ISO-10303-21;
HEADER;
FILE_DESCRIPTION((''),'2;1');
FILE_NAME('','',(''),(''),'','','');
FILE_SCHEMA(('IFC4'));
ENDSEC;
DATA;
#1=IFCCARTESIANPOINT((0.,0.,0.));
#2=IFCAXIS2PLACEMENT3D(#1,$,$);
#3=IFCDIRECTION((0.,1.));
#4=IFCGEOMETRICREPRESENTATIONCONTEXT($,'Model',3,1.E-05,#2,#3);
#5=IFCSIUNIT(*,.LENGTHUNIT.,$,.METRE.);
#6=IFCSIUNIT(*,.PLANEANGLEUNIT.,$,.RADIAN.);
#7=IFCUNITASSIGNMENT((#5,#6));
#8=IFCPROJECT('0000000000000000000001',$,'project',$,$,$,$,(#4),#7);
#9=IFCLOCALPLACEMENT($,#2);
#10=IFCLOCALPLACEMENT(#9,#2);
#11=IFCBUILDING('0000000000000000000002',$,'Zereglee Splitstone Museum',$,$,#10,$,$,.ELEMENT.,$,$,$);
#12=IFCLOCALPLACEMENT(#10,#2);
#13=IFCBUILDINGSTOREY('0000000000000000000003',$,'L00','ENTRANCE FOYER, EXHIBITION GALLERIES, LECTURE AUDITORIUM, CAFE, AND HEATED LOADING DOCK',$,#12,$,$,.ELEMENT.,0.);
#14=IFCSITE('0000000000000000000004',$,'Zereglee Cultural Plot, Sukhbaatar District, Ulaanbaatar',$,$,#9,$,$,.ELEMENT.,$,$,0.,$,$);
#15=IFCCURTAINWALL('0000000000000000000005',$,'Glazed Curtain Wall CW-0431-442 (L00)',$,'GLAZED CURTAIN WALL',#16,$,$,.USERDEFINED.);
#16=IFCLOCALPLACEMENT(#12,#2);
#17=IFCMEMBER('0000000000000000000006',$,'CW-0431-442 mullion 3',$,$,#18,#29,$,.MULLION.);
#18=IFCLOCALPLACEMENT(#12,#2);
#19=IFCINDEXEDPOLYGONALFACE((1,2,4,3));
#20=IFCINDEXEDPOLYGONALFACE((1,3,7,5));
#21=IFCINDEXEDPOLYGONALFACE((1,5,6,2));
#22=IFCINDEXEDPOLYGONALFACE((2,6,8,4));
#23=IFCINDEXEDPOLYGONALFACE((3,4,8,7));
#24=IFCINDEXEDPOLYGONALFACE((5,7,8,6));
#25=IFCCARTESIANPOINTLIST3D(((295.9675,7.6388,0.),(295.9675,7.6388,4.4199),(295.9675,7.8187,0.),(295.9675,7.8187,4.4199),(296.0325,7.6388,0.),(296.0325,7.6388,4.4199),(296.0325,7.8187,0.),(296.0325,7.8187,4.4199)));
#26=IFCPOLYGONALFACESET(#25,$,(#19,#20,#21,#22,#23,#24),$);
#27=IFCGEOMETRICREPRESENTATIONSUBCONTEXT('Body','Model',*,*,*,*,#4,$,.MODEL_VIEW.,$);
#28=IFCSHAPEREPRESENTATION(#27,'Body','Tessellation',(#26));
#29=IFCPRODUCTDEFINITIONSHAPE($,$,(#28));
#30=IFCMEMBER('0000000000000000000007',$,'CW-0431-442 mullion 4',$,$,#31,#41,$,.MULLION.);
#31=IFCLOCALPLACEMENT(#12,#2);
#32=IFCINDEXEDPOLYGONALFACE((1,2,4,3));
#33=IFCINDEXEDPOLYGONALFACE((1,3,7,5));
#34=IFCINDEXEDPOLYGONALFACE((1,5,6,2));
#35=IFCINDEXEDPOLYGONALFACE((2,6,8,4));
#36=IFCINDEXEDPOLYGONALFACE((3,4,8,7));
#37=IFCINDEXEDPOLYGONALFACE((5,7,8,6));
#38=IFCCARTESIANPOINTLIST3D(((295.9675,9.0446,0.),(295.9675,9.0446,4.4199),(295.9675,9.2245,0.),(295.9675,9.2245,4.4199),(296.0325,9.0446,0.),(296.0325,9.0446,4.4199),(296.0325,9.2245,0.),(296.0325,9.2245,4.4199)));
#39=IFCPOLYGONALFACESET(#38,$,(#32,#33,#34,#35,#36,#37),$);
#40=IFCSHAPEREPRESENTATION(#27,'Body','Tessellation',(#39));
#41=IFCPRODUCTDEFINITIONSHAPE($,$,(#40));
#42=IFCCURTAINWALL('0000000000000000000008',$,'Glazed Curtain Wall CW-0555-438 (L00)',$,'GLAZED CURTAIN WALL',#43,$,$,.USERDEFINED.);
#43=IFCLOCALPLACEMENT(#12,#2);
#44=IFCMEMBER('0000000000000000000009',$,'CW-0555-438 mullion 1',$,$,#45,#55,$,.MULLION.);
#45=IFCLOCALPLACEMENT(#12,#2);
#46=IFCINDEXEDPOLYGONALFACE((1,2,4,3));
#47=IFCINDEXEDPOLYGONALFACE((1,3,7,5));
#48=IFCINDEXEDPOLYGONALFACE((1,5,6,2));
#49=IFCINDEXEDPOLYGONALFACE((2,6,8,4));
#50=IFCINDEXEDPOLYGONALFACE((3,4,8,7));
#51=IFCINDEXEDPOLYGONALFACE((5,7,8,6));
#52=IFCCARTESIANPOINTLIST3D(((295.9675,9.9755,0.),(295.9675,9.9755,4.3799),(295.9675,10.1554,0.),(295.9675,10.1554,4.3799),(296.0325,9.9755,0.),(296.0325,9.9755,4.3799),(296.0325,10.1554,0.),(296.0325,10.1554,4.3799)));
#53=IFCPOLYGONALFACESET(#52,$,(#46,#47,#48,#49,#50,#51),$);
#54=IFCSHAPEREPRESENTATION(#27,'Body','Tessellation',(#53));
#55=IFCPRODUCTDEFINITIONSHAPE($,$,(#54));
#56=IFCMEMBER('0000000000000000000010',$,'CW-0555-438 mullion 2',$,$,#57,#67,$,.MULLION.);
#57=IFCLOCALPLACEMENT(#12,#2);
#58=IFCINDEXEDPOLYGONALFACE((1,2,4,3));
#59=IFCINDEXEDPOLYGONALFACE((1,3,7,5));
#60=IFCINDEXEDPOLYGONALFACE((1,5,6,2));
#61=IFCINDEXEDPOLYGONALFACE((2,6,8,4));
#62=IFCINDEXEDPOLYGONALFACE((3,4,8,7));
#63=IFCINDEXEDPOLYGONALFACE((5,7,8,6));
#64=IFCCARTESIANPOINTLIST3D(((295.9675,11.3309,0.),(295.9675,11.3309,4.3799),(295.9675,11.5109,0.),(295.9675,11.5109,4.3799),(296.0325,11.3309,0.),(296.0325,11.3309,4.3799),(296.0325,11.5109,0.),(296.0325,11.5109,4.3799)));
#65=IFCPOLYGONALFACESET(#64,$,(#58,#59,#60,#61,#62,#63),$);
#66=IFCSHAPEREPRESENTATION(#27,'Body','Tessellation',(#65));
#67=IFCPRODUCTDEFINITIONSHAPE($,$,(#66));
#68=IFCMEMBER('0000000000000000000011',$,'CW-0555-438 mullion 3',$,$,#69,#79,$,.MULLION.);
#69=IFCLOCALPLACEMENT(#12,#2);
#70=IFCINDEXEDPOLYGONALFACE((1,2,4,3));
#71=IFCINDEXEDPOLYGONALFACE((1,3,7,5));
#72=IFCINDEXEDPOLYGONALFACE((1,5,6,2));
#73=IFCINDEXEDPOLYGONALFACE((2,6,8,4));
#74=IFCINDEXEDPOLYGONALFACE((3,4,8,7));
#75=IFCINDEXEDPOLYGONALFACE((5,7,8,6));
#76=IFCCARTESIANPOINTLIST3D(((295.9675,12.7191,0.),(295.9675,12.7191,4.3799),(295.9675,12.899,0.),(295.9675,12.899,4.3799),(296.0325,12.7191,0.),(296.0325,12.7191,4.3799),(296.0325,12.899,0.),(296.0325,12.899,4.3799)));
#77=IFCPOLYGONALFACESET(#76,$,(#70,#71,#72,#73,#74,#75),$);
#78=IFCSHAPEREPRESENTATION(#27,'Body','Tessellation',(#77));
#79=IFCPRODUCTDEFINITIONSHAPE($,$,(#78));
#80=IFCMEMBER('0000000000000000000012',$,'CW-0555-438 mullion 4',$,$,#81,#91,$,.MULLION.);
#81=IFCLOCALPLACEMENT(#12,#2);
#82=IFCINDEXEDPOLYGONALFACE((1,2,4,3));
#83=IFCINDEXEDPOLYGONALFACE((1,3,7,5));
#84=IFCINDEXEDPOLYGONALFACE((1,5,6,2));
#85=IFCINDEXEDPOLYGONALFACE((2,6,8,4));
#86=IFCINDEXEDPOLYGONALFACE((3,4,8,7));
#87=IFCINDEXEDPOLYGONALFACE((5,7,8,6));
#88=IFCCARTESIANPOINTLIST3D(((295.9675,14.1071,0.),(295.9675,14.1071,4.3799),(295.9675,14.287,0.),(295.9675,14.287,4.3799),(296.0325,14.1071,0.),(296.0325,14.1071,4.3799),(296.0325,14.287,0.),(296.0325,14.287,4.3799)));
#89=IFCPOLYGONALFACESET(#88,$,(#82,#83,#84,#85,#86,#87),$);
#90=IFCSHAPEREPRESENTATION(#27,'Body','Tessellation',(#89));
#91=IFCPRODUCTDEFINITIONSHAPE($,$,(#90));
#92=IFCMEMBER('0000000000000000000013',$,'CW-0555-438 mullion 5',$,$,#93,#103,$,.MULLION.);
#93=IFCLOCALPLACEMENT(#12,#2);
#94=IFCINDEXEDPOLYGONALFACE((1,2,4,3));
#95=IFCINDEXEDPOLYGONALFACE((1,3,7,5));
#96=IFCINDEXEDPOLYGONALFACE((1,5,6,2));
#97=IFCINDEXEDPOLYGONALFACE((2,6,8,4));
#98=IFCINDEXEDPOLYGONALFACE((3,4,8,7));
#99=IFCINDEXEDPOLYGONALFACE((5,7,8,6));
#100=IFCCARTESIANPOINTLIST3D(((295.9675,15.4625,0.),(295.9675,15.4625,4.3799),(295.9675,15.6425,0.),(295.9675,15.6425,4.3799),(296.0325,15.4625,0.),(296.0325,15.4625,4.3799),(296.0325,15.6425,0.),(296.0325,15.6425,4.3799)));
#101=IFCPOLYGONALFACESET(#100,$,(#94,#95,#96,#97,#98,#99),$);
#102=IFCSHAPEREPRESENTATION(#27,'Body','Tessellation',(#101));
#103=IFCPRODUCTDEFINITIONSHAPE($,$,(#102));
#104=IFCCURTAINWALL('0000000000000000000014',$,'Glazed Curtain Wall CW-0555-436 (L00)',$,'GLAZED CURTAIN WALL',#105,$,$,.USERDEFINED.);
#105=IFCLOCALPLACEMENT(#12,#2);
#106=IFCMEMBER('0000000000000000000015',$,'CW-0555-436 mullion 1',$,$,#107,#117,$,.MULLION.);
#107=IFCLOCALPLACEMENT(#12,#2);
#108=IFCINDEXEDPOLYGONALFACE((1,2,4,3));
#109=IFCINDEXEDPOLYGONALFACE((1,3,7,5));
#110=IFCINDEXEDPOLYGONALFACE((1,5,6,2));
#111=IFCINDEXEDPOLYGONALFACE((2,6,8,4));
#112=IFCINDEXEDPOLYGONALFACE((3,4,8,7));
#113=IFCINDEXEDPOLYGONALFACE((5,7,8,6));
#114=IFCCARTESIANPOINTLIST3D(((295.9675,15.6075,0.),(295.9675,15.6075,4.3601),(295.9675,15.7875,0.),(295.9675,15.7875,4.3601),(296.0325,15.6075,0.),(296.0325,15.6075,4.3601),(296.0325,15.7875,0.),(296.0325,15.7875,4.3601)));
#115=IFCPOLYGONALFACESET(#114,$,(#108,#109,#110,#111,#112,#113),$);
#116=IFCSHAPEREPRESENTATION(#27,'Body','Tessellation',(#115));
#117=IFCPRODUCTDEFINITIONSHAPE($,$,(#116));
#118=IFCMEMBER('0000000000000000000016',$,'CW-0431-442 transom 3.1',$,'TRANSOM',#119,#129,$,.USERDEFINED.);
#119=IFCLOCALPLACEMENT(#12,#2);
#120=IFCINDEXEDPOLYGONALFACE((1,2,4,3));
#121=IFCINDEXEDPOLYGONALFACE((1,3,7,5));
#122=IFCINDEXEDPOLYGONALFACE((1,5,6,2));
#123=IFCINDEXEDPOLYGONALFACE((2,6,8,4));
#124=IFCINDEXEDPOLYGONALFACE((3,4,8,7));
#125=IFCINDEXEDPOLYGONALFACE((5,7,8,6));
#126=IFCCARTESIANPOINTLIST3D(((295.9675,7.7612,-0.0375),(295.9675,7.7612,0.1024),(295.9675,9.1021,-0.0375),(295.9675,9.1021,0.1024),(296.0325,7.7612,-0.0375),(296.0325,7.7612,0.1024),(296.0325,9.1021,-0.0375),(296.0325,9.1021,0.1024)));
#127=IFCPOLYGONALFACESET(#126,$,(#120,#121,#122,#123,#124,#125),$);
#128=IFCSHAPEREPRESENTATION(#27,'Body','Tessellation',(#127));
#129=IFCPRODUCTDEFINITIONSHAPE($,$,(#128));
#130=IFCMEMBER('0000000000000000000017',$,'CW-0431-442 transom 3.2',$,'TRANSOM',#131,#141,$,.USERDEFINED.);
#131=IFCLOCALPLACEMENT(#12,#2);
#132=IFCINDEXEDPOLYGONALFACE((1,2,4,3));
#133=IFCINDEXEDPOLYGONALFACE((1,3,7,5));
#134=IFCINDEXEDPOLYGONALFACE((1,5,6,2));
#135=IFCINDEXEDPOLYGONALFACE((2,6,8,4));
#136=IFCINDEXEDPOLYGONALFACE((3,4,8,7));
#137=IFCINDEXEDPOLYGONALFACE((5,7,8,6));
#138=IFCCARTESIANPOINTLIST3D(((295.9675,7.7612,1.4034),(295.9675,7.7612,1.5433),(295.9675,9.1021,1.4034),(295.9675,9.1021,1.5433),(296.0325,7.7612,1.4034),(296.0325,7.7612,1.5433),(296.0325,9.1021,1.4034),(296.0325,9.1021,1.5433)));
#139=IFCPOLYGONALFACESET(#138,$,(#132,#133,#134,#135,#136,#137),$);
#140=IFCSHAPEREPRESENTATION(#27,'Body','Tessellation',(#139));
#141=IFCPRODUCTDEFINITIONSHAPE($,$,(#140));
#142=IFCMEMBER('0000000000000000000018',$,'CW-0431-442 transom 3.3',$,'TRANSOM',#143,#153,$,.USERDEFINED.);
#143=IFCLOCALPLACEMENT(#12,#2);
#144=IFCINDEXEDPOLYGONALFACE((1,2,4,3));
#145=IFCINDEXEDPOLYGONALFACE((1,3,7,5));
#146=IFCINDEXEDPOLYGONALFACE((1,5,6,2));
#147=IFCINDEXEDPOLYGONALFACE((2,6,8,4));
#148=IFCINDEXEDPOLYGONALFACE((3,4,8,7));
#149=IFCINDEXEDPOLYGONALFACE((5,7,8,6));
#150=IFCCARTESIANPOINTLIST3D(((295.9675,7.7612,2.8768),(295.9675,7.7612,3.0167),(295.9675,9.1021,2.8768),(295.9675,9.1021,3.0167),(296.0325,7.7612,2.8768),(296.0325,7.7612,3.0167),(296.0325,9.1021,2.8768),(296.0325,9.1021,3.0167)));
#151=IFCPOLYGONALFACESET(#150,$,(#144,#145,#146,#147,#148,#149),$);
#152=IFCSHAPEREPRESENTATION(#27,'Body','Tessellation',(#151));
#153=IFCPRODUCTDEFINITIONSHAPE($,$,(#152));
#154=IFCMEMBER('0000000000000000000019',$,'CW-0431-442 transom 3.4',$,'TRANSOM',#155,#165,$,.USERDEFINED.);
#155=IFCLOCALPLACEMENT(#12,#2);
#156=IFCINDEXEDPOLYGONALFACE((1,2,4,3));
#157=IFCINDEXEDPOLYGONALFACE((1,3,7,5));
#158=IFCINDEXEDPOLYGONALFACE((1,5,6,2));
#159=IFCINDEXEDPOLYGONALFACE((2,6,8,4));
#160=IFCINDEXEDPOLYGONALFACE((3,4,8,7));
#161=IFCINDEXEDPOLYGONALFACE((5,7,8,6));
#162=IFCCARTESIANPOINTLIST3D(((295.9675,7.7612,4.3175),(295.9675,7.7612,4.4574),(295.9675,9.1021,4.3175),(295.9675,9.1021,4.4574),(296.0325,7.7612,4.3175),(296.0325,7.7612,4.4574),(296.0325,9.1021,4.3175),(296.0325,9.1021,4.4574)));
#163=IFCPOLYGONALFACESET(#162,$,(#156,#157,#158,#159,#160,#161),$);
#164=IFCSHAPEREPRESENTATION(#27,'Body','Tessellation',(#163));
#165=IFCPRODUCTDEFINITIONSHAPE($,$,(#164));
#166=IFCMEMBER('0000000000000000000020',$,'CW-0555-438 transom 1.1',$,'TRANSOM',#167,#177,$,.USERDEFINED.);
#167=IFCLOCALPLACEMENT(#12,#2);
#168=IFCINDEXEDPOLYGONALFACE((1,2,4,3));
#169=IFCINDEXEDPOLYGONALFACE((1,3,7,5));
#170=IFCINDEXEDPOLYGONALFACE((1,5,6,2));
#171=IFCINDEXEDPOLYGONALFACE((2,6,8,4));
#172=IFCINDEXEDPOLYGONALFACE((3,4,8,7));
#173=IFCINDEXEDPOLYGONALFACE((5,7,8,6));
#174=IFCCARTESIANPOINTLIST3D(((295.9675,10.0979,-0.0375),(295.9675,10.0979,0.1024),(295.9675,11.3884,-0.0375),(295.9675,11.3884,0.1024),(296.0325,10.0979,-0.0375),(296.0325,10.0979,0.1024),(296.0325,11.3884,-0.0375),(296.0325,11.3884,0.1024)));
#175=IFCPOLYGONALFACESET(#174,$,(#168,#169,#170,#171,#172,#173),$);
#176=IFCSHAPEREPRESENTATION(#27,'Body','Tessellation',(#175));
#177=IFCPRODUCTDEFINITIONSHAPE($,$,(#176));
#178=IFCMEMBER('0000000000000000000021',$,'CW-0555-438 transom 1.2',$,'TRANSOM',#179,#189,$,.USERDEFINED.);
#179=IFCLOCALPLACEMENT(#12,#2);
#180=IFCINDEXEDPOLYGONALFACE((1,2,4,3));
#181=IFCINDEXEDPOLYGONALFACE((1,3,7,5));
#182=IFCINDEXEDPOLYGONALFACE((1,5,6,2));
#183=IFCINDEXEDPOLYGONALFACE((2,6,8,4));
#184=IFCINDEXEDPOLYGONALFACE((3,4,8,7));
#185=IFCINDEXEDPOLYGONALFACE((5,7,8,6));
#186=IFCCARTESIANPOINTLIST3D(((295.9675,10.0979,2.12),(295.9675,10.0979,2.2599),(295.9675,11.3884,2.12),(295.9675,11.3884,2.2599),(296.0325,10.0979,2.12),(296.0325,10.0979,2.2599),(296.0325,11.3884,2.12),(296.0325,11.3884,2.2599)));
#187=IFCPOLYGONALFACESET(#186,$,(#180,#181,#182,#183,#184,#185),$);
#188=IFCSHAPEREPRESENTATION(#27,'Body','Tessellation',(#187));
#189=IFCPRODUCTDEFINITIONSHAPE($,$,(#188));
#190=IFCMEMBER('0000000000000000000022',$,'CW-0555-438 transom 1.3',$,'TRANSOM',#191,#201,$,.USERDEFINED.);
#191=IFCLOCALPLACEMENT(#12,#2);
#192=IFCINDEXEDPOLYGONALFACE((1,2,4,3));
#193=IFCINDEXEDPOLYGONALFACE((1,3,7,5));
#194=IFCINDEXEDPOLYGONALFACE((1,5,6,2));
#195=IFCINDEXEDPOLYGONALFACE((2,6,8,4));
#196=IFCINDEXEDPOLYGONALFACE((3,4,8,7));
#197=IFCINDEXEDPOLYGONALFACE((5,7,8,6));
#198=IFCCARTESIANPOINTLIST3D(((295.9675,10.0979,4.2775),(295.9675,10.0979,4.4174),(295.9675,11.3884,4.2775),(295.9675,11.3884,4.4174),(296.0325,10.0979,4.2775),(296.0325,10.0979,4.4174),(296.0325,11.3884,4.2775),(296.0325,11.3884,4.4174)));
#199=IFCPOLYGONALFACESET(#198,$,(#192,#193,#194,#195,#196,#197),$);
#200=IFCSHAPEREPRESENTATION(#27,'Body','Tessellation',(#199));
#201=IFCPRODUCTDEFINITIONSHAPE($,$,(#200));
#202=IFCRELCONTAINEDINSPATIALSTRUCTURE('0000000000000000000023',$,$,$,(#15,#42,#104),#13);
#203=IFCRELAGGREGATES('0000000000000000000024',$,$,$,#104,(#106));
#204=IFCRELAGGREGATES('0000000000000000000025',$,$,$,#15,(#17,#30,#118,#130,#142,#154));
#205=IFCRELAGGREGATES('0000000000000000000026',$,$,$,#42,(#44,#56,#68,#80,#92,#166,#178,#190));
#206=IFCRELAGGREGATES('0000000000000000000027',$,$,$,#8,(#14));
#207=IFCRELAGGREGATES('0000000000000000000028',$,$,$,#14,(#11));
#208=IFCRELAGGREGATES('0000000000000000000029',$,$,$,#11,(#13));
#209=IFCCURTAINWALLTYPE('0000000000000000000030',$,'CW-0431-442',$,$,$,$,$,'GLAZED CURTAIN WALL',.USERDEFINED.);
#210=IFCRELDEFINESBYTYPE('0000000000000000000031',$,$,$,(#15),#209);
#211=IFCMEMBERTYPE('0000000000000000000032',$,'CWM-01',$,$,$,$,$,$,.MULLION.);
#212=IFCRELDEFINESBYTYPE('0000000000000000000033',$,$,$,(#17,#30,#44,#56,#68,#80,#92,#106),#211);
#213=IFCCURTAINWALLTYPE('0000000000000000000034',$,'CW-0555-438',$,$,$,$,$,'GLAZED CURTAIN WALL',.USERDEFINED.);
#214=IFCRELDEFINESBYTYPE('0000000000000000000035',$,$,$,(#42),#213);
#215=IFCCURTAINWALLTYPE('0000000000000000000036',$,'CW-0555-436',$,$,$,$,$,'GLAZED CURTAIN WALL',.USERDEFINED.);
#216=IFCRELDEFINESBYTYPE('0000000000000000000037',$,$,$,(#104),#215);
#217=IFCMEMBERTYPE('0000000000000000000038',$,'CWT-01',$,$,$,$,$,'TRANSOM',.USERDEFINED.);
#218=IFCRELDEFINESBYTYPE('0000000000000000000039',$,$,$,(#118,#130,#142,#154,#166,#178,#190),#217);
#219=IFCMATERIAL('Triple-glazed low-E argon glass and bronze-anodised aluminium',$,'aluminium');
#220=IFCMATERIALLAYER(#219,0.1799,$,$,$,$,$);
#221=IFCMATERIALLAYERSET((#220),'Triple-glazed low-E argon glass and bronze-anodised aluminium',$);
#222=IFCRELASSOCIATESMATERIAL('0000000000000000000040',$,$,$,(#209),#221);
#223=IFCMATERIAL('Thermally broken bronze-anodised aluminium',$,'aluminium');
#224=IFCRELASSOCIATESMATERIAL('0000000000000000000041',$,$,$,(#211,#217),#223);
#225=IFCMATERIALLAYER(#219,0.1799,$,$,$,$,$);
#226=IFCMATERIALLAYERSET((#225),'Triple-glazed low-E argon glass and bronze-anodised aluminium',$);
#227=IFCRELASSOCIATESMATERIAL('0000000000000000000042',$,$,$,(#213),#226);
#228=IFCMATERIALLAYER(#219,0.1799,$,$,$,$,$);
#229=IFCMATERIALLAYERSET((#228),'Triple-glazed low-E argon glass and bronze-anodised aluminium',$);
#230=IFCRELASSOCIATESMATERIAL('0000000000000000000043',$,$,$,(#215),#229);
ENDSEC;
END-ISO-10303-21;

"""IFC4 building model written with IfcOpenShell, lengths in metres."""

from ifc_helpers import new_model, si_unit, direction, frame, origin, origin_2d, place, context, subcontext, project, spatial, rectangle, extrude, material, layer, layer_set, material_profile, profile_set, type_object, element, aggregate, save


model = new_model("IFC4")

# Units and contexts
model_context = context("Model", 3, precision=1e-05, world=origin(), true_north=direction((0.0, 1.0)))
body_context = subcontext(model_context, "Body", "Model", "MODEL_VIEW")
ifc_project = project(units=[si_unit("LENGTHUNIT", "METRE"), si_unit("PLANEANGLEUNIT", "RADIAN")], contexts=[model_context])

# Site, building, storey
site_placement = place(None, origin())
site = spatial("IfcSite", under=ifc_project, at=site_placement, Name="Zereglee Cultural Plot, Sukhbaatar District, Ulaanbaatar", CompositionType="ELEMENT", RefElevation=0.0)
building_placement = place(site_placement, origin())
building = spatial("IfcBuilding", under=site, at=building_placement, Name="Zereglee Splitstone Museum", CompositionType="ELEMENT")
storey_placement = place(building_placement, origin())
storey = spatial("IfcBuildingStorey", under=building, at=storey_placement, Name="L00", Description="ENTRANCE FOYER, EXHIBITION GALLERIES, LECTURE AUDITORIUM, CAFE, AND HEATED LOADING DOCK", CompositionType="ELEMENT", Elevation=0.0)

# Curtain walls, members
ifc_material_1 = material(Name="Triple-glazed low-E argon glass and bronze-anodised aluminium", Category="aluminium")
ifc_layer_1 = layer(ifc_material_1, 0.1799)
ifc_layer_set_1 = layer_set([ifc_layer_1], Name="Triple-glazed low-E argon glass and bronze-anodised aluminium")
curtain_wall_type_1 = type_object("IfcCurtainWallType", Name="CW-0431-442", ElementType="GLAZED CURTAIN WALL", PredefinedType="USERDEFINED", material=ifc_layer_set_1)
curtain_wall_1_placement = place(storey_placement, origin())
curtain_wall_1 = element("IfcCurtainWall", 1, at=curtain_wall_1_placement, inside=storey, type_object=curtain_wall_type_1, Name="Glazed Curtain Wall CW-0431-442 (L00)", ObjectType="GLAZED CURTAIN WALL", PredefinedType="USERDEFINED")
ifc_material_2 = material(Name="Thermally broken bronze-anodised aluminium", Category="aluminium")
ifc_material_profile_1 = material_profile(ifc_material_2, rectangle(XDim=0.0649, YDim=0.1799, at=origin_2d()), Name="CW MULL 65x180")
ifc_profile_set_1 = profile_set([ifc_material_profile_1], Name="Thermally broken bronze-anodised aluminium")
member_type_1 = type_object("IfcMemberType", Name="CWM-01", PredefinedType="MULLION", material=ifc_profile_set_1)
member_1_placement = place(storey_placement, frame((296.0, 7.7288, 0.0), z_axis=(0.0, 0.0, 1.0), x_axis=(-1.0, 0.0, 0.0)))
member_1 = element("IfcMember", 2, at=member_1_placement, type_object=member_type_1, Name="CW-0431-442 mullion 3", PredefinedType="MULLION", context=body_context, shape_type="SweptSolid", body=[
    extrude(rectangle(XDim=0.0649, YDim=0.1799, at=origin_2d()), origin(), (0.0, 0.0, 1.0), 4.4199),
])
member_2_placement = place(storey_placement, frame((296.0, 9.1345, 0.0), z_axis=(0.0, 0.0, 1.0), x_axis=(-1.0, 0.0, 0.0)))
member_2 = element("IfcMember", 3, at=member_2_placement, type_object=member_type_1, Name="CW-0431-442 mullion 4", PredefinedType="MULLION", context=body_context, shape_type="SweptSolid", body=[
    extrude(rectangle(XDim=0.0649, YDim=0.1799, at=origin_2d()), origin(), (0.0, 0.0, 1.0), 4.4199),
])
ifc_layer_2 = layer(ifc_material_1, 0.1799)
ifc_layer_set_2 = layer_set([ifc_layer_2], Name="Triple-glazed low-E argon glass and bronze-anodised aluminium")
curtain_wall_type_2 = type_object("IfcCurtainWallType", Name="CW-0555-438", ElementType="GLAZED CURTAIN WALL", PredefinedType="USERDEFINED", material=ifc_layer_set_2)
curtain_wall_2_placement = place(storey_placement, origin())
curtain_wall_2 = element("IfcCurtainWall", 4, at=curtain_wall_2_placement, inside=storey, type_object=curtain_wall_type_2, Name="Glazed Curtain Wall CW-0555-438 (L00)", ObjectType="GLAZED CURTAIN WALL", PredefinedType="USERDEFINED")
member_3_placement = place(storey_placement, frame((296.0, 10.0654, 0.0), z_axis=(0.0, 0.0, 1.0), x_axis=(-1.0, 0.0, 0.0)))
member_3 = element("IfcMember", 5, at=member_3_placement, type_object=member_type_1, Name="CW-0555-438 mullion 1", PredefinedType="MULLION", context=body_context, shape_type="SweptSolid", body=[
    extrude(rectangle(XDim=0.0649, YDim=0.1799, at=origin_2d()), origin(), (0.0, 0.0, 1.0), 4.3799),
])
member_4_placement = place(storey_placement, frame((296.0, 11.4209, 0.0), z_axis=(0.0, 0.0, 1.0), x_axis=(-1.0, 0.0, 0.0)))
member_4 = element("IfcMember", 6, at=member_4_placement, type_object=member_type_1, Name="CW-0555-438 mullion 2", PredefinedType="MULLION", context=body_context, shape_type="SweptSolid", body=[
    extrude(rectangle(XDim=0.0649, YDim=0.1799, at=origin_2d()), origin(), (0.0, 0.0, 1.0), 4.3799),
])
member_5_placement = place(storey_placement, frame((296.0, 12.8091, 0.0), z_axis=(0.0, 0.0, 1.0), x_axis=(-1.0, 0.0, 0.0)))
member_5 = element("IfcMember", 7, at=member_5_placement, type_object=member_type_1, Name="CW-0555-438 mullion 3", PredefinedType="MULLION", context=body_context, shape_type="SweptSolid", body=[
    extrude(rectangle(XDim=0.0649, YDim=0.1799, at=origin_2d()), origin(), (0.0, 0.0, 1.0), 4.3799),
])
member_6_placement = place(storey_placement, frame((296.0, 14.197, 0.0), z_axis=(0.0, 0.0, 1.0), x_axis=(-1.0, 0.0, 0.0)))
member_6 = element("IfcMember", 8, at=member_6_placement, type_object=member_type_1, Name="CW-0555-438 mullion 4", PredefinedType="MULLION", context=body_context, shape_type="SweptSolid", body=[
    extrude(rectangle(XDim=0.0649, YDim=0.1799, at=origin_2d()), origin(), (0.0, 0.0, 1.0), 4.3799),
])
member_7_placement = place(storey_placement, frame((296.0, 15.5525, 0.0), z_axis=(0.0, 0.0, 1.0), x_axis=(-1.0, 0.0, 0.0)))
member_7 = element("IfcMember", 9, at=member_7_placement, type_object=member_type_1, Name="CW-0555-438 mullion 5", PredefinedType="MULLION", context=body_context, shape_type="SweptSolid", body=[
    extrude(rectangle(XDim=0.0649, YDim=0.1799, at=origin_2d()), origin(), (0.0, 0.0, 1.0), 4.3799),
])

# Curtain wall, member
ifc_layer_3 = layer(ifc_material_1, 0.1799)
ifc_layer_set_3 = layer_set([ifc_layer_3], Name="Triple-glazed low-E argon glass and bronze-anodised aluminium")
curtain_wall_type_3 = type_object("IfcCurtainWallType", Name="CW-0555-436", ElementType="GLAZED CURTAIN WALL", PredefinedType="USERDEFINED", material=ifc_layer_set_3)
curtain_wall_3_placement = place(storey_placement, origin())
curtain_wall_3 = element("IfcCurtainWall", 10, at=curtain_wall_3_placement, inside=storey, type_object=curtain_wall_type_3, Name="Glazed Curtain Wall CW-0555-436 (L00)", ObjectType="GLAZED CURTAIN WALL", PredefinedType="USERDEFINED")
member_8_placement = place(storey_placement, frame((296.0, 15.6975, 0.0), z_axis=(0.0, 0.0, 1.0), x_axis=(-1.0, 0.0, 0.0)))
member_8 = element("IfcMember", 11, at=member_8_placement, type_object=member_type_1, Name="CW-0555-436 mullion 1", PredefinedType="MULLION", context=body_context, shape_type="SweptSolid", body=[
    extrude(rectangle(XDim=0.0649, YDim=0.1799, at=origin_2d()), origin(), (0.0, 0.0, 1.0), 4.3601),
])

# Members
ifc_material_profile_2 = material_profile(ifc_material_2, rectangle(XDim=0.0649, YDim=0.1399, at=origin_2d()), Name="CW TRAN 65x140")
ifc_profile_set_2 = profile_set([ifc_material_profile_2], Name="Thermally broken bronze-anodised aluminium")
member_type_2 = type_object("IfcMemberType", Name="CWT-01", ElementType="TRANSOM", PredefinedType="USERDEFINED", material=ifc_profile_set_2)
member_9_placement = place(storey_placement, frame((296.0, 7.7612, 0.0325), z_axis=(0.0, 1.0, 0.0), x_axis=(-1.0, 0.0, 0.0)))
member_9 = element("IfcMember", 12, at=member_9_placement, type_object=member_type_2, Name="CW-0431-442 transom 3.1", ObjectType="TRANSOM", PredefinedType="USERDEFINED", context=body_context, shape_type="SweptSolid", body=[
    extrude(rectangle(XDim=0.0649, YDim=0.1399, at=origin_2d()), origin(), (0.0, 0.0, 1.0), 1.3408),
])
member_10_placement = place(storey_placement, frame((296.0, 7.7612, 1.4734), z_axis=(0.0, 1.0, 0.0), x_axis=(-1.0, 0.0, 0.0)))
member_10 = element("IfcMember", 13, at=member_10_placement, type_object=member_type_2, Name="CW-0431-442 transom 3.2", ObjectType="TRANSOM", PredefinedType="USERDEFINED", context=body_context, shape_type="SweptSolid", body=[
    extrude(rectangle(XDim=0.0649, YDim=0.1399, at=origin_2d()), origin(), (0.0, 0.0, 1.0), 1.3408),
])
member_11_placement = place(storey_placement, frame((296.0, 7.7612, 2.9468), z_axis=(0.0, 1.0, 0.0), x_axis=(-1.0, 0.0, 0.0)))
member_11 = element("IfcMember", 14, at=member_11_placement, type_object=member_type_2, Name="CW-0431-442 transom 3.3", ObjectType="TRANSOM", PredefinedType="USERDEFINED", context=body_context, shape_type="SweptSolid", body=[
    extrude(rectangle(XDim=0.0649, YDim=0.1399, at=origin_2d()), origin(), (0.0, 0.0, 1.0), 1.3408),
])
member_12_placement = place(storey_placement, frame((296.0, 7.7612, 4.3875), z_axis=(0.0, 1.0, 0.0), x_axis=(-1.0, 0.0, 0.0)))
member_12 = element("IfcMember", 15, at=member_12_placement, type_object=member_type_2, Name="CW-0431-442 transom 3.4", ObjectType="TRANSOM", PredefinedType="USERDEFINED", context=body_context, shape_type="SweptSolid", body=[
    extrude(rectangle(XDim=0.0649, YDim=0.1399, at=origin_2d()), origin(), (0.0, 0.0, 1.0), 1.3408),
])
member_13_placement = place(storey_placement, frame((296.0, 10.0979, 0.0325), z_axis=(0.0, 1.0, 0.0), x_axis=(-1.0, 0.0, 0.0)))
member_13 = element("IfcMember", 16, at=member_13_placement, type_object=member_type_2, Name="CW-0555-438 transom 1.1", ObjectType="TRANSOM", PredefinedType="USERDEFINED", context=body_context, shape_type="SweptSolid", body=[
    extrude(rectangle(XDim=0.0649, YDim=0.1399, at=origin_2d()), origin(), (0.0, 0.0, 1.0), 1.2905),
])
member_14_placement = place(storey_placement, frame((296.0, 10.0979, 2.1899), z_axis=(0.0, 1.0, 0.0), x_axis=(-1.0, 0.0, 0.0)))
member_14 = element("IfcMember", 17, at=member_14_placement, type_object=member_type_2, Name="CW-0555-438 transom 1.2", ObjectType="TRANSOM", PredefinedType="USERDEFINED", context=body_context, shape_type="SweptSolid", body=[
    extrude(rectangle(XDim=0.0649, YDim=0.1399, at=origin_2d()), origin(), (0.0, 0.0, 1.0), 1.2905),
])
member_15_placement = place(storey_placement, frame((296.0, 10.0979, 4.3474), z_axis=(0.0, 1.0, 0.0), x_axis=(-1.0, 0.0, 0.0)))
member_15 = element("IfcMember", 18, at=member_15_placement, type_object=member_type_2, Name="CW-0555-438 transom 1.3", ObjectType="TRANSOM", PredefinedType="USERDEFINED", context=body_context, shape_type="SweptSolid", body=[
    extrude(rectangle(XDim=0.0649, YDim=0.1399, at=origin_2d()), origin(), (0.0, 0.0, 1.0), 1.2905),
])
aggregate(curtain_wall_3, [member_8])

aggregate(curtain_wall_1, [member_1, member_2, member_9, member_10, member_11, member_12])
aggregate(curtain_wall_2, [member_3, member_4, member_5, member_6, member_7, member_13, member_14, member_15])

save(model, "model.ifc")
